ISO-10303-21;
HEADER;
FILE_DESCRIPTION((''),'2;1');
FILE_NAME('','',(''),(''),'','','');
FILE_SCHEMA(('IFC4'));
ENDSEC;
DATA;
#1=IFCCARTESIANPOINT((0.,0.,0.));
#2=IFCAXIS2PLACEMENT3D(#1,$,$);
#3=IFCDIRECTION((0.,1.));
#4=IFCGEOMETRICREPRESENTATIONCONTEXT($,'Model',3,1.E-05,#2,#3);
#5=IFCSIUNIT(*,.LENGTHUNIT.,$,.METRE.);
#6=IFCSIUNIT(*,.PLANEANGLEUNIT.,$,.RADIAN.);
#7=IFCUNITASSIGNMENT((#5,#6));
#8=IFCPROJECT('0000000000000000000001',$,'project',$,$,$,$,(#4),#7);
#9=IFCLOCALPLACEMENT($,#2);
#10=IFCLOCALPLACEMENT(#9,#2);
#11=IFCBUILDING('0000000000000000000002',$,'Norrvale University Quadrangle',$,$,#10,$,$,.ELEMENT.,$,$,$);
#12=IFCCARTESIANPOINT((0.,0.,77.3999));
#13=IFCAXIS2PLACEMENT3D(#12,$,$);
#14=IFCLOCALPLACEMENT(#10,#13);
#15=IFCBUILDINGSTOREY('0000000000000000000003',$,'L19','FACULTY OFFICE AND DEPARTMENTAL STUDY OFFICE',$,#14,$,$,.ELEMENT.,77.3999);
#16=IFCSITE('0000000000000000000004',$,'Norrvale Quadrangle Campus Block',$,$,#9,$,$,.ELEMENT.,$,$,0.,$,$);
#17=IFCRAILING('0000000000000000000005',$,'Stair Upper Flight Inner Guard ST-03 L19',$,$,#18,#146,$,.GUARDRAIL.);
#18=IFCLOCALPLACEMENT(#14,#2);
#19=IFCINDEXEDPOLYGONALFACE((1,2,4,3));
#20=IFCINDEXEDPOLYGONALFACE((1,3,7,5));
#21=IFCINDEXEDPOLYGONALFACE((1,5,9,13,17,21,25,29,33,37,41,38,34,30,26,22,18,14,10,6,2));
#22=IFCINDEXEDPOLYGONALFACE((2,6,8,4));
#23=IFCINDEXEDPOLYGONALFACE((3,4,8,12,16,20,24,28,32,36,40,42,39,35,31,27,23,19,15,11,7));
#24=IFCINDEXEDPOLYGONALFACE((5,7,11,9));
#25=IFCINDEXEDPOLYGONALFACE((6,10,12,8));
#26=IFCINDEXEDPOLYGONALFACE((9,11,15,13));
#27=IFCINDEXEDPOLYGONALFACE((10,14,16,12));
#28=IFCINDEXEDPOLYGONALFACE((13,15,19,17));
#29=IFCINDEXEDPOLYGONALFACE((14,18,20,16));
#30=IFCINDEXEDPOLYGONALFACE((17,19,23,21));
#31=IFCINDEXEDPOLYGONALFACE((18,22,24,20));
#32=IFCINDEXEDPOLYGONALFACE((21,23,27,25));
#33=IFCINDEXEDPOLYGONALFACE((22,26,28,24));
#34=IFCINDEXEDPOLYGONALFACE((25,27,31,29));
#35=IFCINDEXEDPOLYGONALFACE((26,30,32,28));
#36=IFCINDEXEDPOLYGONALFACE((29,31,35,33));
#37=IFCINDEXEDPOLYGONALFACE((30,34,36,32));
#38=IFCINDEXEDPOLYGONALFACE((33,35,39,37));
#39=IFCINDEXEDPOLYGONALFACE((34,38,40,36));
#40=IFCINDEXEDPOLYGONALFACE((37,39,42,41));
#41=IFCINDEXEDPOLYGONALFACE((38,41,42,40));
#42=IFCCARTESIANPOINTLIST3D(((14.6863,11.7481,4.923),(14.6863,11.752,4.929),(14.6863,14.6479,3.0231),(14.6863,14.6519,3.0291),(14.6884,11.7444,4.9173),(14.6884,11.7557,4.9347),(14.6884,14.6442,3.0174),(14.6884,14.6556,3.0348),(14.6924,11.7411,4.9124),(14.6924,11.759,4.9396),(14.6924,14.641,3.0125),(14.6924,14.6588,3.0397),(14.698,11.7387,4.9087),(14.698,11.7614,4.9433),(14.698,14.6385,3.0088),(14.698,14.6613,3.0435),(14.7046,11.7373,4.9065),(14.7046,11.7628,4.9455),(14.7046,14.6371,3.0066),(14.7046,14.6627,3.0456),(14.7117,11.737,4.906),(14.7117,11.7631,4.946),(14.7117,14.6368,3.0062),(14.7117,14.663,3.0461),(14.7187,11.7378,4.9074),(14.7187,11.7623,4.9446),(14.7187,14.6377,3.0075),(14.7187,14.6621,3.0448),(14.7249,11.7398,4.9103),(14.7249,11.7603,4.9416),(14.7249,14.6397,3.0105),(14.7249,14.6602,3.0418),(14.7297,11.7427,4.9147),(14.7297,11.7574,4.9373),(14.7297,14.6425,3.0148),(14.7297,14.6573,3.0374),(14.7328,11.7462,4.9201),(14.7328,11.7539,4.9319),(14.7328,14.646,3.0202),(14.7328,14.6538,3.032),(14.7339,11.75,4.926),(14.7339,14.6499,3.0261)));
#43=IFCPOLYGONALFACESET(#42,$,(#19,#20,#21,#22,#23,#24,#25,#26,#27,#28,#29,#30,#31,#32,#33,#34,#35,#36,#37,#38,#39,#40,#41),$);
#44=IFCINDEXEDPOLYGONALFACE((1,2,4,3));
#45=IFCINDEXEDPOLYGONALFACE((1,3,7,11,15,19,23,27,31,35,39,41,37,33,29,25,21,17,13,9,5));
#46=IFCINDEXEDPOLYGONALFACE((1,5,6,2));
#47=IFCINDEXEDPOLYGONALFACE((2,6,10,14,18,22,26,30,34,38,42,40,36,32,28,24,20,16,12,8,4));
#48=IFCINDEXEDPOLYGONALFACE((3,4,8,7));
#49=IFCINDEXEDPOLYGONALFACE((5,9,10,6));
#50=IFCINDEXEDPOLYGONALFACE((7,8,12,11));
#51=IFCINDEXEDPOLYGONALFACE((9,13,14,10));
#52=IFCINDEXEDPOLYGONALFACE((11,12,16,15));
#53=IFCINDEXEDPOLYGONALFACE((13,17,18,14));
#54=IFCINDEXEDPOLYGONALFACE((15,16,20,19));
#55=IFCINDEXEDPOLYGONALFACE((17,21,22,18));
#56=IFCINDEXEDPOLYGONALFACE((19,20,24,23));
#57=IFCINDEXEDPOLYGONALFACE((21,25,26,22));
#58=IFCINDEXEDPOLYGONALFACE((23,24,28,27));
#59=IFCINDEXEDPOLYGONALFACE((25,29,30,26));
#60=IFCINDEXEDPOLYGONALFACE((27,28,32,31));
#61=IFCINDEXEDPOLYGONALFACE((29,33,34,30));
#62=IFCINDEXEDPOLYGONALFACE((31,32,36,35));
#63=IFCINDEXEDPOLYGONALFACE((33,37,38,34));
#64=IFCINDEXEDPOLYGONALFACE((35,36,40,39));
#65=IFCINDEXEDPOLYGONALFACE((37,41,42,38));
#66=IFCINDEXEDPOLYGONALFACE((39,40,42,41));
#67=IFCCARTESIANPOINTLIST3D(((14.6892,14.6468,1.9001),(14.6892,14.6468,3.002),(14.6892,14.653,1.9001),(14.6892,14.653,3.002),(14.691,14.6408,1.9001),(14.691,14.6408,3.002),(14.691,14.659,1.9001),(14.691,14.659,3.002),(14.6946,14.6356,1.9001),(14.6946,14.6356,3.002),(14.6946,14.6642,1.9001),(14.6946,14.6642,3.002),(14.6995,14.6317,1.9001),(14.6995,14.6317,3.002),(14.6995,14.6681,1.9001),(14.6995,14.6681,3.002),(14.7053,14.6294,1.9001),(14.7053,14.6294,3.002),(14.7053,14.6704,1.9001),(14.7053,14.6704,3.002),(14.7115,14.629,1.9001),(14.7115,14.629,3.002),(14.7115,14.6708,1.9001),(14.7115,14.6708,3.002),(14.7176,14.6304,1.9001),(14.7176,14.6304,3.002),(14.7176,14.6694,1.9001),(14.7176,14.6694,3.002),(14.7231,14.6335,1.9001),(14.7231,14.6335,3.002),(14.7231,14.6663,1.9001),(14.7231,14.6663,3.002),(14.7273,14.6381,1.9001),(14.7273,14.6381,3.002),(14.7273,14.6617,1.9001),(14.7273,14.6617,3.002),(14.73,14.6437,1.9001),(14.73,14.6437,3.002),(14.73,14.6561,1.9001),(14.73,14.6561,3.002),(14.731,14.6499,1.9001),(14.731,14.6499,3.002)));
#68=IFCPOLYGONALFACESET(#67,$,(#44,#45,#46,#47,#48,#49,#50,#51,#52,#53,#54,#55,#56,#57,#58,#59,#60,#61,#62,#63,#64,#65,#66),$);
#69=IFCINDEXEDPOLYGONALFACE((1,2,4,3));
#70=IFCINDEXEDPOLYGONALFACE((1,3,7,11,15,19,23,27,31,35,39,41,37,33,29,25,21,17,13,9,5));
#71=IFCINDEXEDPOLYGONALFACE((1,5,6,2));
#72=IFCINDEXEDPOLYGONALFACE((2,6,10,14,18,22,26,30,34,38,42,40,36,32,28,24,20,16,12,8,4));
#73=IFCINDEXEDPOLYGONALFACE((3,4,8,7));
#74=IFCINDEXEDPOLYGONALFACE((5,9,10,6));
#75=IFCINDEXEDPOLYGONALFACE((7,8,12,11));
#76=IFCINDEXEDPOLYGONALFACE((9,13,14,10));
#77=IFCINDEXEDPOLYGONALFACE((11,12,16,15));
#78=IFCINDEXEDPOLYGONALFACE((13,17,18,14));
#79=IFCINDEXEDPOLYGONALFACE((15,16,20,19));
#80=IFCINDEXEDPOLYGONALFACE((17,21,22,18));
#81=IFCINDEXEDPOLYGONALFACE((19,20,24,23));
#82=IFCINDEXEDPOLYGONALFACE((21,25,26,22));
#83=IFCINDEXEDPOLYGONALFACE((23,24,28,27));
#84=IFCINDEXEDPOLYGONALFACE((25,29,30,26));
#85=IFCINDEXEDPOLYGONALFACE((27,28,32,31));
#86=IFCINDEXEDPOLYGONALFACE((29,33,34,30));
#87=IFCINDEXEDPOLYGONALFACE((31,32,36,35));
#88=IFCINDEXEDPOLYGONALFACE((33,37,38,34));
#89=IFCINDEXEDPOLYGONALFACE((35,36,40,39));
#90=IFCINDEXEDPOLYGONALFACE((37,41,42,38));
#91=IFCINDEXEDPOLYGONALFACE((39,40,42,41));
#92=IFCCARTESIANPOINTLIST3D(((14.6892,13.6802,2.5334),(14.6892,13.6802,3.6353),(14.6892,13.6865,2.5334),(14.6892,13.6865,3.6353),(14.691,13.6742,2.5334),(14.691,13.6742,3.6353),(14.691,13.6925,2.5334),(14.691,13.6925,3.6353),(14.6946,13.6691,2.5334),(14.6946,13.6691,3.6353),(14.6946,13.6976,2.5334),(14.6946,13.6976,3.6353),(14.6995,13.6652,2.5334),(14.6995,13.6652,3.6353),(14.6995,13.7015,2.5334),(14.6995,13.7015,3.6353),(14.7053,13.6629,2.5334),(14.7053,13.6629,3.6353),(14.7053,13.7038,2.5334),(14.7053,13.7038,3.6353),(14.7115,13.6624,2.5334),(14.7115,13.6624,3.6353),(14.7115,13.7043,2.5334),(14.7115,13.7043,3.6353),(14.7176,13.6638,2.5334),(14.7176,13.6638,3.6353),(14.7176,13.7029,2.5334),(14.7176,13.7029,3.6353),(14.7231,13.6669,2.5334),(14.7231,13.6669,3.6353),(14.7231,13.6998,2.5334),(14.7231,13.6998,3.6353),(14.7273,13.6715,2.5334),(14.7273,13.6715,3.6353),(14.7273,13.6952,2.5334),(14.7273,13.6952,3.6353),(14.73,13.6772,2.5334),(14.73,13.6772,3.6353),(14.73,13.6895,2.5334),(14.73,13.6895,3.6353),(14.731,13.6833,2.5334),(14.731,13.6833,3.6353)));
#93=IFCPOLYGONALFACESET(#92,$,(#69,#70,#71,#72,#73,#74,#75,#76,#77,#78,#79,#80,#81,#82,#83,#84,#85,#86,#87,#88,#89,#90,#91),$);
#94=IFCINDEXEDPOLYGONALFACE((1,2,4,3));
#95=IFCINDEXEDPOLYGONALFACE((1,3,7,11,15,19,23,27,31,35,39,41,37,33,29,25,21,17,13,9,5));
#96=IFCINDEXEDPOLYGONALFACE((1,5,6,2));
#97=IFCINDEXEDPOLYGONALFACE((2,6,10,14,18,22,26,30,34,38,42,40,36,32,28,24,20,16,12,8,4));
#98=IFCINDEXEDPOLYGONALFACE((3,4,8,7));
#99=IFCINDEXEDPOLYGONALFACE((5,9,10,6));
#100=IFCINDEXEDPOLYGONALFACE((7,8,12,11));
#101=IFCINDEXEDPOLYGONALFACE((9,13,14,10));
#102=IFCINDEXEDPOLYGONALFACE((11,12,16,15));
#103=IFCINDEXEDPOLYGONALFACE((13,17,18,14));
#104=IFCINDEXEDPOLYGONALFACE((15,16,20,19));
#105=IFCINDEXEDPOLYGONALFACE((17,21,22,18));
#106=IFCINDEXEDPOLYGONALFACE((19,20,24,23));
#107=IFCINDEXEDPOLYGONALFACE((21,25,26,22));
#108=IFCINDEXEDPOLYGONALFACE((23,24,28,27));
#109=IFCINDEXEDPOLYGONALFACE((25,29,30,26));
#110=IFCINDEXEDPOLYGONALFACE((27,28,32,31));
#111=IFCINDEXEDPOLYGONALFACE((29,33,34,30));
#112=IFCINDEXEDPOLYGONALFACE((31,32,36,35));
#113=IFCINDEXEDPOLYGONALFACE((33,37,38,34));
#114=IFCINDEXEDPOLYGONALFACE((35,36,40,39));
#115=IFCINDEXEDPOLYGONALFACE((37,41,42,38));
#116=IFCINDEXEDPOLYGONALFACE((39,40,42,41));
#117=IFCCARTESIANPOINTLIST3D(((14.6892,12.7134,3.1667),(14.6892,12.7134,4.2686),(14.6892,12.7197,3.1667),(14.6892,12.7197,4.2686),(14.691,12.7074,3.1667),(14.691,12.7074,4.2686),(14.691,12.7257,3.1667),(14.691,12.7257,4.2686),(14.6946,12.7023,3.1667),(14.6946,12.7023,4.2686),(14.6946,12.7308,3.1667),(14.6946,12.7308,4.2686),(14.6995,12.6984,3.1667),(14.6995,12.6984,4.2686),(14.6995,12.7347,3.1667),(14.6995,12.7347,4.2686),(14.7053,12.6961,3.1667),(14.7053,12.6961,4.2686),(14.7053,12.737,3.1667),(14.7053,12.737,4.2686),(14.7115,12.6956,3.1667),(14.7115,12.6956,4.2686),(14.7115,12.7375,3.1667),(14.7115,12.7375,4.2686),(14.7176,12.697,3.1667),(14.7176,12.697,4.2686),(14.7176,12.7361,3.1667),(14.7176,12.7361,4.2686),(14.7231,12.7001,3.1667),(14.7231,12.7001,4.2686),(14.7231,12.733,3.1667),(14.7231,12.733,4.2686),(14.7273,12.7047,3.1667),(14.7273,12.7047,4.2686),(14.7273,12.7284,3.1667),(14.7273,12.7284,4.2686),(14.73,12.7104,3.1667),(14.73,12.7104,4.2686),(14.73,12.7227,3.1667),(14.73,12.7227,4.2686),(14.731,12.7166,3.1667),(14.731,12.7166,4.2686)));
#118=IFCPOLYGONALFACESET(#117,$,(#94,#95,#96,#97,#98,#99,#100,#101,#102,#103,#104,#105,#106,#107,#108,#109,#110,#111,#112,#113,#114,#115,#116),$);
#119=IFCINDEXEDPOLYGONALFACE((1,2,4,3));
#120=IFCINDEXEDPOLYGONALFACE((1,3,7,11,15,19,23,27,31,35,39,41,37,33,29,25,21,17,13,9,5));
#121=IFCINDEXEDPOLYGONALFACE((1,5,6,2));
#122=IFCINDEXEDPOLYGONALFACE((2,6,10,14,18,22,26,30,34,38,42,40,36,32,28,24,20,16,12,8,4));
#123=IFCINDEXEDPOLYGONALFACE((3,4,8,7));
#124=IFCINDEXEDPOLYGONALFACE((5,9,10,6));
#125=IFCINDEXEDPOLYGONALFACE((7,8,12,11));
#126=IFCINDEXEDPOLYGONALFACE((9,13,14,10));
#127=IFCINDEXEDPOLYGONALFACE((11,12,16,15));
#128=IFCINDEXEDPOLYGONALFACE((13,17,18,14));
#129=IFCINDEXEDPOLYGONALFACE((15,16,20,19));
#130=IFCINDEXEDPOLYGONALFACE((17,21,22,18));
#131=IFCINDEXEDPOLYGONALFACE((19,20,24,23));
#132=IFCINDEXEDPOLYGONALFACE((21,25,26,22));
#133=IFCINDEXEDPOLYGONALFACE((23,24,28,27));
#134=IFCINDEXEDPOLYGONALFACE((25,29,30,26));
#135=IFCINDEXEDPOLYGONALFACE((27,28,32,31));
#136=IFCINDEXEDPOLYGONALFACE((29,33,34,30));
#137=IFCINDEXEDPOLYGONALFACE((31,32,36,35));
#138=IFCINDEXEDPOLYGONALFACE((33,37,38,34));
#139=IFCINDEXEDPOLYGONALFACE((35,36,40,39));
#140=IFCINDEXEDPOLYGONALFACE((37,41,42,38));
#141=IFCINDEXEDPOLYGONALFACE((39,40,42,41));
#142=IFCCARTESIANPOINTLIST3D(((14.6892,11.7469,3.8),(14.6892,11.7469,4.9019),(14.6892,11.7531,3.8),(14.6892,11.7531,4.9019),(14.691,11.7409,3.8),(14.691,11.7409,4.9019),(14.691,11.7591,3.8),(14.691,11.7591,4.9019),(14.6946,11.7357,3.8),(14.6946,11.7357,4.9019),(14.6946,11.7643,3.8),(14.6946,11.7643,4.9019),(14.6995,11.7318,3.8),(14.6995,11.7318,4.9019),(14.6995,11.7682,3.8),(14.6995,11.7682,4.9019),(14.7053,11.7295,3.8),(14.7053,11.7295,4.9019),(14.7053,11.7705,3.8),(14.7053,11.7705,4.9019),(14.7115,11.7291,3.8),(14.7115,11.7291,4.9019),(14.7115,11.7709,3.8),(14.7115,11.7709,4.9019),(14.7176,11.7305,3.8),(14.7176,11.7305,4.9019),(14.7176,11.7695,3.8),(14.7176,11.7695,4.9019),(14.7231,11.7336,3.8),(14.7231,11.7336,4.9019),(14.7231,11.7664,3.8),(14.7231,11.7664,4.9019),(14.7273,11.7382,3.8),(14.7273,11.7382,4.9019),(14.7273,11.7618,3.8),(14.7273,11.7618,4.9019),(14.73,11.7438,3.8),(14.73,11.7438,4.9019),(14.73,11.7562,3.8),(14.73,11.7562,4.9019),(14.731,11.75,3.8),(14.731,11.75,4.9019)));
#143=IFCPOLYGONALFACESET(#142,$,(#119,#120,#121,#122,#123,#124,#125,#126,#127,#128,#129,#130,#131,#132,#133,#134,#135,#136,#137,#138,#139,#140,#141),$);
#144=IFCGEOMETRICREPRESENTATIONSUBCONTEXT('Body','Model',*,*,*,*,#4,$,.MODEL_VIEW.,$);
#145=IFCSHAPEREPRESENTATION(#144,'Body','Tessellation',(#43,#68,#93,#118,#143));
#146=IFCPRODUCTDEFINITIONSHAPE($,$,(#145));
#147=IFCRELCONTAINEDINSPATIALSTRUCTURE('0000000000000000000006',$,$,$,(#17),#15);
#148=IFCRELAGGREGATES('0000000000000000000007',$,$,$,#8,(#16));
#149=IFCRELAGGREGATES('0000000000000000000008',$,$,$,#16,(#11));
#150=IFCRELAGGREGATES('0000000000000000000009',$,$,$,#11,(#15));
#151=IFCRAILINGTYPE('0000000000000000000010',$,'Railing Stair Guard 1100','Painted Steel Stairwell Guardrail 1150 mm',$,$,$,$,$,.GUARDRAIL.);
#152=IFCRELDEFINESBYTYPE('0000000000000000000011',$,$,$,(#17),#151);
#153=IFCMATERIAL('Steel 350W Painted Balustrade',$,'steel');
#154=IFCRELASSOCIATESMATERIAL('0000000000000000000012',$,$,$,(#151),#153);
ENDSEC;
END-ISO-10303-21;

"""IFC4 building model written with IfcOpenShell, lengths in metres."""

from ifc_helpers import new_model, si_unit, direction, frame, origin, origin_2d, place, context, subcontext, project, spatial, circle, extrude, material, type_object, element, save


model = new_model("IFC4")

# Units and contexts
model_context = context("Model", 3, precision=1e-05, world=origin(), true_north=direction((0.0, 1.0)))
body_context = subcontext(model_context, "Body", "Model", "MODEL_VIEW")
ifc_project = project(units=[si_unit("LENGTHUNIT", "METRE"), si_unit("PLANEANGLEUNIT", "RADIAN")], contexts=[model_context])

# Site, building, storey
site_placement = place(None, origin())
site = spatial("IfcSite", under=ifc_project, at=site_placement, Name="Norrvale Quadrangle Campus Block", CompositionType="ELEMENT", RefElevation=0.0)
building_placement = place(site_placement, origin())
building = spatial("IfcBuilding", under=site, at=building_placement, Name="Norrvale University Quadrangle", CompositionType="ELEMENT")
storey_placement = place(building_placement, frame((0.0, 0.0, 77.3999)))
storey = spatial("IfcBuildingStorey", under=building, at=storey_placement, Name="L19", Description="FACULTY OFFICE AND DEPARTMENTAL STUDY OFFICE", CompositionType="ELEMENT", Elevation=77.3999)

# Railing
ifc_material_1 = material(Name="Steel 350W Painted Balustrade", Category="steel")
railing_type_1 = type_object("IfcRailingType", Name="Railing Stair Guard 1100", Description="Painted Steel Stairwell Guardrail 1150 mm", PredefinedType="GUARDRAIL", material=ifc_material_1)
railing_1_placement = place(storey_placement, frame((14.71, 14.6499, 1.9001)))
element("IfcRailing", 1, at=railing_1_placement, inside=storey, type_object=railing_type_1, Name="Stair Upper Flight Inner Guard ST-03 L19", PredefinedType="GUARDRAIL", context=body_context, shape_type="SweptSolid", body=[
    extrude(circle(Radius=0.0239, at=origin_2d()), frame((0.0, 0.0, 1.126), z_axis=(0.0, -0.836466, 0.548019), x_axis=(1.0, 0.0, 0.0)), (0.0, 0.0, 1.0), 3.4668),
    extrude(circle(Radius=0.021, at=origin_2d()), origin(), (0.0, 0.0, 1.0), 1.1018),
    extrude(circle(Radius=0.021, at=origin_2d()), frame((0.0, -0.9666, 0.6333)), (0.0, 0.0, 1.0), 1.1018),
    extrude(circle(Radius=0.021, at=origin_2d()), frame((0.0, -1.9333, 1.2666)), (0.0, 0.0, 1.0), 1.1018),
    extrude(circle(Radius=0.021, at=origin_2d()), frame((0.0, -2.8999, 1.8999)), (0.0, 0.0, 1.0), 1.1018),
])

save(model, "model.ifc")
